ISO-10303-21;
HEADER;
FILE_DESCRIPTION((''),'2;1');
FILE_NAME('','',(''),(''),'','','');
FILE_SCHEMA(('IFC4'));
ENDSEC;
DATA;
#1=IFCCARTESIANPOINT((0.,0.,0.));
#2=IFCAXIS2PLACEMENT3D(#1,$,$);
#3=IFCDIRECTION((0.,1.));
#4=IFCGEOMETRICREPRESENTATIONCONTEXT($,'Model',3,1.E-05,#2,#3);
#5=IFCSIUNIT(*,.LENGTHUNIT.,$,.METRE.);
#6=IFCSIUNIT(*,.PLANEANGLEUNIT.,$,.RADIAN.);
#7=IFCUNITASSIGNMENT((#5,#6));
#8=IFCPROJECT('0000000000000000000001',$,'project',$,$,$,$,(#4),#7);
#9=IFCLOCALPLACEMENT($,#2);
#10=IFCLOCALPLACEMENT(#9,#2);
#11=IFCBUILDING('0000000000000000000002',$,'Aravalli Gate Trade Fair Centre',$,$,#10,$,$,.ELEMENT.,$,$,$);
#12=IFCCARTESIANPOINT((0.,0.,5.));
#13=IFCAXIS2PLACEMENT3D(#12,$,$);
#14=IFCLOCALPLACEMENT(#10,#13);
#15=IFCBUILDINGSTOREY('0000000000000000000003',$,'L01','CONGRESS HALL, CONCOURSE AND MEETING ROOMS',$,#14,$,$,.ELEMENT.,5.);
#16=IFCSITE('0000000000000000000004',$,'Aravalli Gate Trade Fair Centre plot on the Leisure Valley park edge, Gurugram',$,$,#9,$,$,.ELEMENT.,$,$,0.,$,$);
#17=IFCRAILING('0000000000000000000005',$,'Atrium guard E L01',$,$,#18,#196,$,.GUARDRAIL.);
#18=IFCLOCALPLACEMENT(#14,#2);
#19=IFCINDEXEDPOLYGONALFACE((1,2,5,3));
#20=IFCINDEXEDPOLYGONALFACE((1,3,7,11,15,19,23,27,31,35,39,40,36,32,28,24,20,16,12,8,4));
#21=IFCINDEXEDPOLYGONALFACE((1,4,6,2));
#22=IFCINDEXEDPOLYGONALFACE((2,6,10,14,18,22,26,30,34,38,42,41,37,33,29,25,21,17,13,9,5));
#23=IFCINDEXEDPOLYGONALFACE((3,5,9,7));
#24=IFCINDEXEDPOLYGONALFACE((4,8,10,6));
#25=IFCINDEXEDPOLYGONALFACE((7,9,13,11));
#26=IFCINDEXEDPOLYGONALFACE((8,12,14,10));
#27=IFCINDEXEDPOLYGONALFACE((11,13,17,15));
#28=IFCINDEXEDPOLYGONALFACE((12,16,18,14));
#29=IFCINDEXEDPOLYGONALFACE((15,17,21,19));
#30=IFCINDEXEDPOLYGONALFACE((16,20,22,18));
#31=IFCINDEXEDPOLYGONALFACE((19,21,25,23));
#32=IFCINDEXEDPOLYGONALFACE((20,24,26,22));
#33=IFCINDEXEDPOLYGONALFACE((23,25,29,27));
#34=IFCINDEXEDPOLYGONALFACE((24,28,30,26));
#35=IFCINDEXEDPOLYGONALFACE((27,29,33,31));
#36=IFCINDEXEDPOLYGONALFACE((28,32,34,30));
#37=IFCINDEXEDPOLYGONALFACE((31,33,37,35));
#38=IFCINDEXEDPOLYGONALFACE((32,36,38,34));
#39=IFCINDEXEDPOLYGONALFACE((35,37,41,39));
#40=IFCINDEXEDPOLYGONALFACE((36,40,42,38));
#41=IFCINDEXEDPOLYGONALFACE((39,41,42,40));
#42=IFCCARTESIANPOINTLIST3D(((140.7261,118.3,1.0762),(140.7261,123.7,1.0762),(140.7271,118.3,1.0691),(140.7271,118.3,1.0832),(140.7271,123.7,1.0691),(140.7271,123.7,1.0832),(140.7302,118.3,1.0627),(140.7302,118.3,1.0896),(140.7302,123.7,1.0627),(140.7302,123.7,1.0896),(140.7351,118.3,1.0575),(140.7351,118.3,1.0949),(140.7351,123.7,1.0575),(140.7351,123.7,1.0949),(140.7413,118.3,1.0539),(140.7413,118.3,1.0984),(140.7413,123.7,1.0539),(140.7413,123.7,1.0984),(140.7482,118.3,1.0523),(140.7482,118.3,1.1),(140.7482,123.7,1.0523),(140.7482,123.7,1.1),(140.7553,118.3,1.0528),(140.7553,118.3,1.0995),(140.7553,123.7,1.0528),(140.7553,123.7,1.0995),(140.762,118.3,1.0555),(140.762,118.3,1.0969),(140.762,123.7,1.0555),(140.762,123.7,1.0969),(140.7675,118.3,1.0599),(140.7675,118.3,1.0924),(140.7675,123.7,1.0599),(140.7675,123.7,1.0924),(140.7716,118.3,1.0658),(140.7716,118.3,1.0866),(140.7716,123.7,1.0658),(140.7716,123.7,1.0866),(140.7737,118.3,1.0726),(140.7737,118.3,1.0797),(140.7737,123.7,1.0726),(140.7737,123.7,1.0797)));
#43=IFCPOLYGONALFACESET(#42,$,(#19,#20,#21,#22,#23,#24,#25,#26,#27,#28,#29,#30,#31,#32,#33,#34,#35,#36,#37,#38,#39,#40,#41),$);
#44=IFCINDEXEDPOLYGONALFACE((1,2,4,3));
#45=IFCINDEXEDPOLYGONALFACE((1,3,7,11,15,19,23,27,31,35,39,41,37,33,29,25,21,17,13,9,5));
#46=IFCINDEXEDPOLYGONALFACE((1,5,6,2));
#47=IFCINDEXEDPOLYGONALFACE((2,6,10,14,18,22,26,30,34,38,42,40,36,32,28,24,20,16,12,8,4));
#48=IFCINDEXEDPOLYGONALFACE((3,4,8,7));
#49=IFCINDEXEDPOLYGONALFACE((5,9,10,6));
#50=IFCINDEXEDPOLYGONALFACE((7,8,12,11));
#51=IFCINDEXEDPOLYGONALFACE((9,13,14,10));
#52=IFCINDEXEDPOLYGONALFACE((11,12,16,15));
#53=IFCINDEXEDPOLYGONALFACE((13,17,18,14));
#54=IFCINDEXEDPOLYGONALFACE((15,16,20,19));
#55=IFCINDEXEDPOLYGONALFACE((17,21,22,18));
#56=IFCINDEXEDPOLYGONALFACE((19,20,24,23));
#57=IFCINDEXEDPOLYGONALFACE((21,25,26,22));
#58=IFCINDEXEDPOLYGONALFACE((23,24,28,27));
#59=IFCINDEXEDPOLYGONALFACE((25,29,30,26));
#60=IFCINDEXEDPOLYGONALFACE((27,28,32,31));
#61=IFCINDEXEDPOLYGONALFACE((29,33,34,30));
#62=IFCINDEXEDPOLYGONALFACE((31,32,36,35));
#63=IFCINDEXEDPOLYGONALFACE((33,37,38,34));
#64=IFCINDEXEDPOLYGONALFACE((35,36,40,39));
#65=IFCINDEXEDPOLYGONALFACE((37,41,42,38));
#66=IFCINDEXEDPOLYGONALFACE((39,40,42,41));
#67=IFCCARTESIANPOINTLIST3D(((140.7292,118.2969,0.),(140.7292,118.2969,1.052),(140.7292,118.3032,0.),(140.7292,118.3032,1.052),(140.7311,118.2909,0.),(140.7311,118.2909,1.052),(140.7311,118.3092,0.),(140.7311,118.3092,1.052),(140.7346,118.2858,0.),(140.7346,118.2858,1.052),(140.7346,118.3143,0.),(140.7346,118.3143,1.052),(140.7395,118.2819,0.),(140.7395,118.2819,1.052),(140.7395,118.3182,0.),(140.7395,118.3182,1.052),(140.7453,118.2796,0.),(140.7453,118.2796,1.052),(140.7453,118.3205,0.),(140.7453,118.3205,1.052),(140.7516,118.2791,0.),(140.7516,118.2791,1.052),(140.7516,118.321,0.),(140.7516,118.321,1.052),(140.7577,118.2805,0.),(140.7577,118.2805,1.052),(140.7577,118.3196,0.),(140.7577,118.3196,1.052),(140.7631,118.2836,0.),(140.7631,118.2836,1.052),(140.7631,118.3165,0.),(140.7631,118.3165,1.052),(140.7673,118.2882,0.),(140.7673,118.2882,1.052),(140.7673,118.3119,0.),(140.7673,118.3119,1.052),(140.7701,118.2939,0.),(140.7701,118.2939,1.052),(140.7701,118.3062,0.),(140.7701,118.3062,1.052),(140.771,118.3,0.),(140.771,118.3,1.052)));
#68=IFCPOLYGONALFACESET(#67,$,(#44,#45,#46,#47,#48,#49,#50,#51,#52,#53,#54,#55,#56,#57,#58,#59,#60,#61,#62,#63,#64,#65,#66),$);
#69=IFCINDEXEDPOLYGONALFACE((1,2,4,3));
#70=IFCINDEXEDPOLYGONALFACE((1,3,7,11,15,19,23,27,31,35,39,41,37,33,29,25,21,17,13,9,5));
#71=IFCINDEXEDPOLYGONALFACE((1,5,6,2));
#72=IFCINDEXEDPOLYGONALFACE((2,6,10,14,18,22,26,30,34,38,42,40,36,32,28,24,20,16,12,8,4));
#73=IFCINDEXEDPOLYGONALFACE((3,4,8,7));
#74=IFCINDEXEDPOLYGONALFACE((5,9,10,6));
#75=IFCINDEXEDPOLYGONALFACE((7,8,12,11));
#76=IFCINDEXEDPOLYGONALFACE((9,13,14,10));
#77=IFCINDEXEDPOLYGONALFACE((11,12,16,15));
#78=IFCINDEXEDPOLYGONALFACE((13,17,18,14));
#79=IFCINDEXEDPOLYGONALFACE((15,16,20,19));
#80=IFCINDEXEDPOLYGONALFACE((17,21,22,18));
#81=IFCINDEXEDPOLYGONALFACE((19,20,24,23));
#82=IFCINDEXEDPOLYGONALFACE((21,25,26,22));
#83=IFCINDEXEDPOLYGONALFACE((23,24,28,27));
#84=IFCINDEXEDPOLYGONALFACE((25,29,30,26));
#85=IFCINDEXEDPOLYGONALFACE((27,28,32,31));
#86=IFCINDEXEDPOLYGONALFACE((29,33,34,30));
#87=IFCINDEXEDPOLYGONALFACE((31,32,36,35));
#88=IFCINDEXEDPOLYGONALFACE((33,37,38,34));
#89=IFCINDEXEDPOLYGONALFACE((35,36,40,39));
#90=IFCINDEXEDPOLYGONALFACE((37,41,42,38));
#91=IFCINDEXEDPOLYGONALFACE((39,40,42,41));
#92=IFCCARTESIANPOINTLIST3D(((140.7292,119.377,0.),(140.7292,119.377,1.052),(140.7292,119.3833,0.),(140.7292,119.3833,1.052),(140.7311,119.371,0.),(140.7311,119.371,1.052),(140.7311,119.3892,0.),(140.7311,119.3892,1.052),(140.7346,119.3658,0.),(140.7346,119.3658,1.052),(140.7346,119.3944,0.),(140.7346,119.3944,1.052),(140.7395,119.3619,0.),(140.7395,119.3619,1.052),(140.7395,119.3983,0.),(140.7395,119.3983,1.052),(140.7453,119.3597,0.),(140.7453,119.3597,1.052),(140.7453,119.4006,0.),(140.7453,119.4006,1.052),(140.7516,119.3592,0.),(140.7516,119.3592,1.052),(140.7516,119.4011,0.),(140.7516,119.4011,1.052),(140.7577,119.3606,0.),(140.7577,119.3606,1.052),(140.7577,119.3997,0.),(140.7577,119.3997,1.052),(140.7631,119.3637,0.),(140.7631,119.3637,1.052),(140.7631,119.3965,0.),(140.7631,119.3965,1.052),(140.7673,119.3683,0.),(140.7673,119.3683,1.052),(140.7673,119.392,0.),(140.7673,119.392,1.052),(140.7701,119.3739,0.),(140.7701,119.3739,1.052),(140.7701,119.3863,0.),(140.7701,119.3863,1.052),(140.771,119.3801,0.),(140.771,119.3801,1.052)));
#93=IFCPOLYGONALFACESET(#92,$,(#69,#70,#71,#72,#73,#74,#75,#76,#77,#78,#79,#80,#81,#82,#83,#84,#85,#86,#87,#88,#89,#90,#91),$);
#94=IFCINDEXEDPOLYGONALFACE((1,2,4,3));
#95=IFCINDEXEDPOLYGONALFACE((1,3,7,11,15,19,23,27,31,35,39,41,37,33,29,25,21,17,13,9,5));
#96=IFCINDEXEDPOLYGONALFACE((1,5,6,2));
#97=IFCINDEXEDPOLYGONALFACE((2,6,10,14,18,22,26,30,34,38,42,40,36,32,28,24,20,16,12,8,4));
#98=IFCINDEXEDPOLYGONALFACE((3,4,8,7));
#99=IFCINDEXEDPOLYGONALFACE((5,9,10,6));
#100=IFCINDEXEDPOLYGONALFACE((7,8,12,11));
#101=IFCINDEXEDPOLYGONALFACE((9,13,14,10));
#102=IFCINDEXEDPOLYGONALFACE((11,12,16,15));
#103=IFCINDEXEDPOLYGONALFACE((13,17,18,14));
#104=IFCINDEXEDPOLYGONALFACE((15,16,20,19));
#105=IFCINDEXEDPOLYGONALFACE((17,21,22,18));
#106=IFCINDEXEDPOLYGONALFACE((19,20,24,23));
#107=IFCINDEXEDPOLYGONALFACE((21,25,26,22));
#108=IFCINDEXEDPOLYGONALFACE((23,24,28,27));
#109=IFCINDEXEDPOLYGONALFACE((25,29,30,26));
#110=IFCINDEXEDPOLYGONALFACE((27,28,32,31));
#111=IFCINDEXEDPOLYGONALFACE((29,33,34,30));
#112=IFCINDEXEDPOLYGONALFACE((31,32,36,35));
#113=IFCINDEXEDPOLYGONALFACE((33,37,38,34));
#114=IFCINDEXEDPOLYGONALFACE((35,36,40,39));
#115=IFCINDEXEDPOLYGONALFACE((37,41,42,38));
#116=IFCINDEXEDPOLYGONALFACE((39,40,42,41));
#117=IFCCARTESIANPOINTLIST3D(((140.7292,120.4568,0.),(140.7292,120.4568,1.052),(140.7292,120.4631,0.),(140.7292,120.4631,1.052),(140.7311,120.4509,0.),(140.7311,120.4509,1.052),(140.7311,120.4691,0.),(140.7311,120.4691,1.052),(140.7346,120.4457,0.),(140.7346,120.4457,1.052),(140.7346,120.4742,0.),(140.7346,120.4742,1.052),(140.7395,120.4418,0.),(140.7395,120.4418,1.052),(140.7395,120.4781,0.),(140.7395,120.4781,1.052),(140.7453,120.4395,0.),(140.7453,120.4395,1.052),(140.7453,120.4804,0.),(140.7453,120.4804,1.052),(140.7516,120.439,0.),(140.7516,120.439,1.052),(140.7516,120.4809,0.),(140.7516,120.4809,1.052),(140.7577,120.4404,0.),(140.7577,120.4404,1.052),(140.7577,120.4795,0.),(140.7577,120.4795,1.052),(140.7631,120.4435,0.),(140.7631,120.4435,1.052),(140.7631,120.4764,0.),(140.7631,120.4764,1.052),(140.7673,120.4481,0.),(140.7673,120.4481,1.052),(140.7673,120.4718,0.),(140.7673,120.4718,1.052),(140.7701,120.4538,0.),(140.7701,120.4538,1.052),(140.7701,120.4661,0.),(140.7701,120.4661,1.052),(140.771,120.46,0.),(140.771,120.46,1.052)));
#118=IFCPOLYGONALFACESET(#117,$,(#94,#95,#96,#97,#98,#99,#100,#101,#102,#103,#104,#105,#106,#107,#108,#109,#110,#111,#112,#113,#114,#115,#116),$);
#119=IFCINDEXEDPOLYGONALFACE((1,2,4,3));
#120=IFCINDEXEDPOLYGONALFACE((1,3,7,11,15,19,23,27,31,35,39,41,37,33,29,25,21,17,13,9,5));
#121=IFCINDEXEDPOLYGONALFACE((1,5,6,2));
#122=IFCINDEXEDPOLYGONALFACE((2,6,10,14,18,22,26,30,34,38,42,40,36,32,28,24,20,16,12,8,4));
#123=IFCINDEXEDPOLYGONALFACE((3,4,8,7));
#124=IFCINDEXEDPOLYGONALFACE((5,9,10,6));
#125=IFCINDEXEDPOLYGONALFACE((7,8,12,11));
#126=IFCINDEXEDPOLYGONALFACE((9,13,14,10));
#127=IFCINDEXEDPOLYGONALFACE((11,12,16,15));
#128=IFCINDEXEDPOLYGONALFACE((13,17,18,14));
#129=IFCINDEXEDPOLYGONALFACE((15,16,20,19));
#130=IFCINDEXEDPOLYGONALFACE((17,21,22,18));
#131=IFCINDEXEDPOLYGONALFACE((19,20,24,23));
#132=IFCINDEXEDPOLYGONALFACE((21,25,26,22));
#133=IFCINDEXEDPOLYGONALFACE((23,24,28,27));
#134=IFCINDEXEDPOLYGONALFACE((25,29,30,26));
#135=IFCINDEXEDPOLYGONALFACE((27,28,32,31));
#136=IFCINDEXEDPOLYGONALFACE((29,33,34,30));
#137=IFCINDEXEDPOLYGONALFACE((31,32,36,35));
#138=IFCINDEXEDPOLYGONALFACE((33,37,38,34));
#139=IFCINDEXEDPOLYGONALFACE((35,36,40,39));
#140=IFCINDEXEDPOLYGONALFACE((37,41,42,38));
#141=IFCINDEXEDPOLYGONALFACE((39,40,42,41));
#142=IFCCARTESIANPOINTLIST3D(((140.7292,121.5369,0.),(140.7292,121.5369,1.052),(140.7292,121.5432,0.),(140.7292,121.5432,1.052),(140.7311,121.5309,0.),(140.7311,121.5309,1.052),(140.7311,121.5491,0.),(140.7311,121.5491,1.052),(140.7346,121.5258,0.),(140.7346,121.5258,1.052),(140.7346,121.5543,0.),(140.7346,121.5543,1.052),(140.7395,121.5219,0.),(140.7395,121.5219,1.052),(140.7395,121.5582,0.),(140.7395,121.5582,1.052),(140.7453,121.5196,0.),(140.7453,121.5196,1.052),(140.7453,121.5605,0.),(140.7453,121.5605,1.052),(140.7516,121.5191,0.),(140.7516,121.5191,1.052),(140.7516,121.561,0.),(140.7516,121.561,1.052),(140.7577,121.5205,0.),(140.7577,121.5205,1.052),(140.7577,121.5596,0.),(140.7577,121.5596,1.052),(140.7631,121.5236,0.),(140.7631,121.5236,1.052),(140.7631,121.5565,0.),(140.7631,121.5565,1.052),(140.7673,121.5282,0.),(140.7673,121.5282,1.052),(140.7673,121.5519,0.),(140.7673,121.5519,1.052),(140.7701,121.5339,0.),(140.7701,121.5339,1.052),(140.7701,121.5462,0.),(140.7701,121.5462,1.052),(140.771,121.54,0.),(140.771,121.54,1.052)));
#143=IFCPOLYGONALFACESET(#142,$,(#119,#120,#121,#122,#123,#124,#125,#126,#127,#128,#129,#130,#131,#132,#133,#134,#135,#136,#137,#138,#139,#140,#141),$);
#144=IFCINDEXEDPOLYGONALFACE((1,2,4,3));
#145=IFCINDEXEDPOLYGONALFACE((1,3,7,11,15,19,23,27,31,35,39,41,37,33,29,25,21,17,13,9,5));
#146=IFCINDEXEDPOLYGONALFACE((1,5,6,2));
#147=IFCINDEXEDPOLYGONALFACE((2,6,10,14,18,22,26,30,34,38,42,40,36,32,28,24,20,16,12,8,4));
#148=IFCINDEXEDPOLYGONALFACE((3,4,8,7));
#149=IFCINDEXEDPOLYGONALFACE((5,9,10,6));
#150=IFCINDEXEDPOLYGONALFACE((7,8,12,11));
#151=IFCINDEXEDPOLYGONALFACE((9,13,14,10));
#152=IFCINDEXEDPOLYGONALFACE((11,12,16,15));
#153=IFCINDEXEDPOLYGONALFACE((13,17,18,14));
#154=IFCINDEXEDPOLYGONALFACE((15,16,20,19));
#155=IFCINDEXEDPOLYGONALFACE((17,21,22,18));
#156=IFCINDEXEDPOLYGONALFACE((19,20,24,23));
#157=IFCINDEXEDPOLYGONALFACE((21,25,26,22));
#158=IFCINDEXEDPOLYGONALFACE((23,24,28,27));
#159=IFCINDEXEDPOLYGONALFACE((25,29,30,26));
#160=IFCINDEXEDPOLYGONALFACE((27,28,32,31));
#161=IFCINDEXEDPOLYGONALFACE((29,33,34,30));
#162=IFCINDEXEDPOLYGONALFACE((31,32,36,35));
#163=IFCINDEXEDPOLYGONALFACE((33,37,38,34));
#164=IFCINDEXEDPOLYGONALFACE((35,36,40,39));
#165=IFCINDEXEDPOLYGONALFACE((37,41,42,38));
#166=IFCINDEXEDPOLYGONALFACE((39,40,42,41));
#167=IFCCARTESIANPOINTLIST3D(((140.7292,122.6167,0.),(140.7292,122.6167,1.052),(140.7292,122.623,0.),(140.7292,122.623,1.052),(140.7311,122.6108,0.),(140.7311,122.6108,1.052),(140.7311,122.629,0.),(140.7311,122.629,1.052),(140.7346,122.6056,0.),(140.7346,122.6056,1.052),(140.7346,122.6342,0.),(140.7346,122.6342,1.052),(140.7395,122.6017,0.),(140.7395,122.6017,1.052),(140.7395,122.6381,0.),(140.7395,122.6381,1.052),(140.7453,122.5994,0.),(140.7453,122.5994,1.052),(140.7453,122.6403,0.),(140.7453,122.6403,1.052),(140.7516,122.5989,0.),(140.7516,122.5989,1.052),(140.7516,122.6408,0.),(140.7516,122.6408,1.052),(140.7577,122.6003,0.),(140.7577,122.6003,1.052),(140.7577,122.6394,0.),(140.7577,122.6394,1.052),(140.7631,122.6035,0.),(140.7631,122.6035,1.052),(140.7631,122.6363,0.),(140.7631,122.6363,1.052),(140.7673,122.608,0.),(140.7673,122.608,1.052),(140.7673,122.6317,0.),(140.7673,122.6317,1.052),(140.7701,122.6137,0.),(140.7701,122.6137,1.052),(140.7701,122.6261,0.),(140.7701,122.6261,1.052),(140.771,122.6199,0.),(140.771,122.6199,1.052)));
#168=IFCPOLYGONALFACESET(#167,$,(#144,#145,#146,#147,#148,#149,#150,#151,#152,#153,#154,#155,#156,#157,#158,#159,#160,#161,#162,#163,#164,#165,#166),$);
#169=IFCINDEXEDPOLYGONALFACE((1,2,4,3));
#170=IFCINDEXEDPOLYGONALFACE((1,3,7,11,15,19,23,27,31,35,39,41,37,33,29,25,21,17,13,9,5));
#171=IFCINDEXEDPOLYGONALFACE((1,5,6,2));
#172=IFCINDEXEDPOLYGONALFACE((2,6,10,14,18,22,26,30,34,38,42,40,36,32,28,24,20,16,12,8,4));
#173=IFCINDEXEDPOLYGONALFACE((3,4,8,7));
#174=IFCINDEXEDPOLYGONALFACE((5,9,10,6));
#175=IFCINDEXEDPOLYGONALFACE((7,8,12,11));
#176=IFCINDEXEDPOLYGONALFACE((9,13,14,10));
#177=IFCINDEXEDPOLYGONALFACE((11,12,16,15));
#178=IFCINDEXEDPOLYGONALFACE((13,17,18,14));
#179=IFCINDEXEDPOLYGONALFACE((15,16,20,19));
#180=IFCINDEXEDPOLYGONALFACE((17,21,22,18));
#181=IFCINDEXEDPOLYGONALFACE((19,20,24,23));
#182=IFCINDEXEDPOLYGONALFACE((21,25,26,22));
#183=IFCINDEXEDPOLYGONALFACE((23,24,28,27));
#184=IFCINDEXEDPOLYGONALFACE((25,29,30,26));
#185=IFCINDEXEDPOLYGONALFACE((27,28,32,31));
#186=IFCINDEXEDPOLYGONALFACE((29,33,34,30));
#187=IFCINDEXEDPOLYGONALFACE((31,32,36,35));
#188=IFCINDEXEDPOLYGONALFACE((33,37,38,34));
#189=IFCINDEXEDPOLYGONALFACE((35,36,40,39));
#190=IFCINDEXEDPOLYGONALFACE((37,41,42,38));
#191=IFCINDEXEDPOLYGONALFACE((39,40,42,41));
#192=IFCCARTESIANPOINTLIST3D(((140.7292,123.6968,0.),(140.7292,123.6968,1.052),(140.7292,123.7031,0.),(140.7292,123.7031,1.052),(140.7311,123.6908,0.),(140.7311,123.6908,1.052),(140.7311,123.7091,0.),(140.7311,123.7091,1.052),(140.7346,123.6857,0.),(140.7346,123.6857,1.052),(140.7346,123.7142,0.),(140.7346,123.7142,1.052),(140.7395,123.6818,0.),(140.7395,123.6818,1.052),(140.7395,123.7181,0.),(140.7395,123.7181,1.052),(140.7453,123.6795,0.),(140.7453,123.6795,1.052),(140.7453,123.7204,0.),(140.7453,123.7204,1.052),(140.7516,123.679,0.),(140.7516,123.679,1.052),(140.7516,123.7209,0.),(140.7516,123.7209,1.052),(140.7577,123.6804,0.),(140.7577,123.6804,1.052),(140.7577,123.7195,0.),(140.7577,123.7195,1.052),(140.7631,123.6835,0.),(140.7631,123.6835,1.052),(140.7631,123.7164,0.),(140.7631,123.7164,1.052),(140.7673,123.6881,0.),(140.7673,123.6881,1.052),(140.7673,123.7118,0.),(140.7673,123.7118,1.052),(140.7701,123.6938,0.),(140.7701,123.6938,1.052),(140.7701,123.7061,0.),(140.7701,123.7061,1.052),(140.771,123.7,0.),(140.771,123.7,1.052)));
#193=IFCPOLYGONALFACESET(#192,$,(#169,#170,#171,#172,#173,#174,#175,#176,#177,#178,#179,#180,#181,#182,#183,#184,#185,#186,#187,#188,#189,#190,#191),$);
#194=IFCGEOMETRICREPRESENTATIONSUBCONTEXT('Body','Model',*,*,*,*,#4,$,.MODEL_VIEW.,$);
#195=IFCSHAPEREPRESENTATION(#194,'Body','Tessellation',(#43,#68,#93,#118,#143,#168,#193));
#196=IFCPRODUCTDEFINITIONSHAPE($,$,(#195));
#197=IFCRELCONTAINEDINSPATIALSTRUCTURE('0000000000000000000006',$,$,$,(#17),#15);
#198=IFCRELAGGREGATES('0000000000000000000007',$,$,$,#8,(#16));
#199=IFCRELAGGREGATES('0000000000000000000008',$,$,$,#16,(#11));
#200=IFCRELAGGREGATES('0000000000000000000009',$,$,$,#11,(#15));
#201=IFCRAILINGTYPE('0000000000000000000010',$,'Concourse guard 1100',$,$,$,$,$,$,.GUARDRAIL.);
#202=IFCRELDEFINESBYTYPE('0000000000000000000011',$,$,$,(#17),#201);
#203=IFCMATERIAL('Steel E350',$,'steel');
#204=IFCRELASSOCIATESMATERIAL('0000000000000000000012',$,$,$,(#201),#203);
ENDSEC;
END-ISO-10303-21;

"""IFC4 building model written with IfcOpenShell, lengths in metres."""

from ifc_helpers import new_model, si_unit, direction, frame, origin, origin_2d, place, context, subcontext, project, spatial, circle, extrude, material, type_object, element, save


model = new_model("IFC4")

# Units and contexts
model_context = context("Model", 3, precision=1e-05, world=origin(), true_north=direction((0.0, 1.0)))
body_context = subcontext(model_context, "Body", "Model", "MODEL_VIEW")
ifc_project = project(units=[si_unit("LENGTHUNIT", "METRE"), si_unit("PLANEANGLEUNIT", "RADIAN")], contexts=[model_context])

# Site, building, storey
site_placement = place(None, origin())
site = spatial("IfcSite", under=ifc_project, at=site_placement, Name="Aravalli Gate Trade Fair Centre plot on the Leisure Valley park edge, Gurugram", CompositionType="ELEMENT", RefElevation=0.0)
building_placement = place(site_placement, origin())
building = spatial("IfcBuilding", under=site, at=building_placement, Name="Aravalli Gate Trade Fair Centre", CompositionType="ELEMENT")
storey_placement = place(building_placement, frame((0.0, 0.0, 5.0)))
storey = spatial("IfcBuildingStorey", under=building, at=storey_placement, Name="L01", Description="CONGRESS HALL, CONCOURSE AND MEETING ROOMS", CompositionType="ELEMENT", Elevation=5.0)

# Shared definitions
ifc_material_1 = material(Name="Steel E350", Category="steel")

# Railing
railing_type = type_object("IfcRailingType", Name="Concourse guard 1100", PredefinedType="GUARDRAIL", material=ifc_material_1)
railing_placement = place(storey_placement, frame((140.75, 118.3, 0.0)))
element("IfcRailing", 1, at=railing_placement, inside=storey, type_object=railing_type, Name="Atrium guard E L01", PredefinedType="GUARDRAIL", context=body_context, shape_type="SweptSolid", body=[
    extrude(circle(Radius=0.0239, at=origin_2d()), frame((0.0, 0.0, 1.0762), z_axis=(0.0, 1.0, 0.0), x_axis=(-1.0, 0.0, 0.0)), (0.0, 0.0, 1.0), 5.3999),
    extrude(circle(Radius=0.021, at=origin_2d()), origin(), (0.0, 0.0, 1.0), 1.052),
    extrude(circle(Radius=0.021, at=origin_2d()), frame((0.0, 1.0801, 0.0)), (0.0, 0.0, 1.0), 1.052),
    extrude(circle(Radius=0.021, at=origin_2d()), frame((0.0, 2.1599, 0.0)), (0.0, 0.0, 1.0), 1.052),
    extrude(circle(Radius=0.021, at=origin_2d()), frame((0.0, 3.24, 0.0)), (0.0, 0.0, 1.0), 1.052),
    extrude(circle(Radius=0.021, at=origin_2d()), frame((0.0, 4.3198, 0.0)), (0.0, 0.0, 1.0), 1.052),
    extrude(circle(Radius=0.021, at=origin_2d()), frame((0.0, 5.3999, 0.0)), (0.0, 0.0, 1.0), 1.052),
])

save(model, "model.ifc")
